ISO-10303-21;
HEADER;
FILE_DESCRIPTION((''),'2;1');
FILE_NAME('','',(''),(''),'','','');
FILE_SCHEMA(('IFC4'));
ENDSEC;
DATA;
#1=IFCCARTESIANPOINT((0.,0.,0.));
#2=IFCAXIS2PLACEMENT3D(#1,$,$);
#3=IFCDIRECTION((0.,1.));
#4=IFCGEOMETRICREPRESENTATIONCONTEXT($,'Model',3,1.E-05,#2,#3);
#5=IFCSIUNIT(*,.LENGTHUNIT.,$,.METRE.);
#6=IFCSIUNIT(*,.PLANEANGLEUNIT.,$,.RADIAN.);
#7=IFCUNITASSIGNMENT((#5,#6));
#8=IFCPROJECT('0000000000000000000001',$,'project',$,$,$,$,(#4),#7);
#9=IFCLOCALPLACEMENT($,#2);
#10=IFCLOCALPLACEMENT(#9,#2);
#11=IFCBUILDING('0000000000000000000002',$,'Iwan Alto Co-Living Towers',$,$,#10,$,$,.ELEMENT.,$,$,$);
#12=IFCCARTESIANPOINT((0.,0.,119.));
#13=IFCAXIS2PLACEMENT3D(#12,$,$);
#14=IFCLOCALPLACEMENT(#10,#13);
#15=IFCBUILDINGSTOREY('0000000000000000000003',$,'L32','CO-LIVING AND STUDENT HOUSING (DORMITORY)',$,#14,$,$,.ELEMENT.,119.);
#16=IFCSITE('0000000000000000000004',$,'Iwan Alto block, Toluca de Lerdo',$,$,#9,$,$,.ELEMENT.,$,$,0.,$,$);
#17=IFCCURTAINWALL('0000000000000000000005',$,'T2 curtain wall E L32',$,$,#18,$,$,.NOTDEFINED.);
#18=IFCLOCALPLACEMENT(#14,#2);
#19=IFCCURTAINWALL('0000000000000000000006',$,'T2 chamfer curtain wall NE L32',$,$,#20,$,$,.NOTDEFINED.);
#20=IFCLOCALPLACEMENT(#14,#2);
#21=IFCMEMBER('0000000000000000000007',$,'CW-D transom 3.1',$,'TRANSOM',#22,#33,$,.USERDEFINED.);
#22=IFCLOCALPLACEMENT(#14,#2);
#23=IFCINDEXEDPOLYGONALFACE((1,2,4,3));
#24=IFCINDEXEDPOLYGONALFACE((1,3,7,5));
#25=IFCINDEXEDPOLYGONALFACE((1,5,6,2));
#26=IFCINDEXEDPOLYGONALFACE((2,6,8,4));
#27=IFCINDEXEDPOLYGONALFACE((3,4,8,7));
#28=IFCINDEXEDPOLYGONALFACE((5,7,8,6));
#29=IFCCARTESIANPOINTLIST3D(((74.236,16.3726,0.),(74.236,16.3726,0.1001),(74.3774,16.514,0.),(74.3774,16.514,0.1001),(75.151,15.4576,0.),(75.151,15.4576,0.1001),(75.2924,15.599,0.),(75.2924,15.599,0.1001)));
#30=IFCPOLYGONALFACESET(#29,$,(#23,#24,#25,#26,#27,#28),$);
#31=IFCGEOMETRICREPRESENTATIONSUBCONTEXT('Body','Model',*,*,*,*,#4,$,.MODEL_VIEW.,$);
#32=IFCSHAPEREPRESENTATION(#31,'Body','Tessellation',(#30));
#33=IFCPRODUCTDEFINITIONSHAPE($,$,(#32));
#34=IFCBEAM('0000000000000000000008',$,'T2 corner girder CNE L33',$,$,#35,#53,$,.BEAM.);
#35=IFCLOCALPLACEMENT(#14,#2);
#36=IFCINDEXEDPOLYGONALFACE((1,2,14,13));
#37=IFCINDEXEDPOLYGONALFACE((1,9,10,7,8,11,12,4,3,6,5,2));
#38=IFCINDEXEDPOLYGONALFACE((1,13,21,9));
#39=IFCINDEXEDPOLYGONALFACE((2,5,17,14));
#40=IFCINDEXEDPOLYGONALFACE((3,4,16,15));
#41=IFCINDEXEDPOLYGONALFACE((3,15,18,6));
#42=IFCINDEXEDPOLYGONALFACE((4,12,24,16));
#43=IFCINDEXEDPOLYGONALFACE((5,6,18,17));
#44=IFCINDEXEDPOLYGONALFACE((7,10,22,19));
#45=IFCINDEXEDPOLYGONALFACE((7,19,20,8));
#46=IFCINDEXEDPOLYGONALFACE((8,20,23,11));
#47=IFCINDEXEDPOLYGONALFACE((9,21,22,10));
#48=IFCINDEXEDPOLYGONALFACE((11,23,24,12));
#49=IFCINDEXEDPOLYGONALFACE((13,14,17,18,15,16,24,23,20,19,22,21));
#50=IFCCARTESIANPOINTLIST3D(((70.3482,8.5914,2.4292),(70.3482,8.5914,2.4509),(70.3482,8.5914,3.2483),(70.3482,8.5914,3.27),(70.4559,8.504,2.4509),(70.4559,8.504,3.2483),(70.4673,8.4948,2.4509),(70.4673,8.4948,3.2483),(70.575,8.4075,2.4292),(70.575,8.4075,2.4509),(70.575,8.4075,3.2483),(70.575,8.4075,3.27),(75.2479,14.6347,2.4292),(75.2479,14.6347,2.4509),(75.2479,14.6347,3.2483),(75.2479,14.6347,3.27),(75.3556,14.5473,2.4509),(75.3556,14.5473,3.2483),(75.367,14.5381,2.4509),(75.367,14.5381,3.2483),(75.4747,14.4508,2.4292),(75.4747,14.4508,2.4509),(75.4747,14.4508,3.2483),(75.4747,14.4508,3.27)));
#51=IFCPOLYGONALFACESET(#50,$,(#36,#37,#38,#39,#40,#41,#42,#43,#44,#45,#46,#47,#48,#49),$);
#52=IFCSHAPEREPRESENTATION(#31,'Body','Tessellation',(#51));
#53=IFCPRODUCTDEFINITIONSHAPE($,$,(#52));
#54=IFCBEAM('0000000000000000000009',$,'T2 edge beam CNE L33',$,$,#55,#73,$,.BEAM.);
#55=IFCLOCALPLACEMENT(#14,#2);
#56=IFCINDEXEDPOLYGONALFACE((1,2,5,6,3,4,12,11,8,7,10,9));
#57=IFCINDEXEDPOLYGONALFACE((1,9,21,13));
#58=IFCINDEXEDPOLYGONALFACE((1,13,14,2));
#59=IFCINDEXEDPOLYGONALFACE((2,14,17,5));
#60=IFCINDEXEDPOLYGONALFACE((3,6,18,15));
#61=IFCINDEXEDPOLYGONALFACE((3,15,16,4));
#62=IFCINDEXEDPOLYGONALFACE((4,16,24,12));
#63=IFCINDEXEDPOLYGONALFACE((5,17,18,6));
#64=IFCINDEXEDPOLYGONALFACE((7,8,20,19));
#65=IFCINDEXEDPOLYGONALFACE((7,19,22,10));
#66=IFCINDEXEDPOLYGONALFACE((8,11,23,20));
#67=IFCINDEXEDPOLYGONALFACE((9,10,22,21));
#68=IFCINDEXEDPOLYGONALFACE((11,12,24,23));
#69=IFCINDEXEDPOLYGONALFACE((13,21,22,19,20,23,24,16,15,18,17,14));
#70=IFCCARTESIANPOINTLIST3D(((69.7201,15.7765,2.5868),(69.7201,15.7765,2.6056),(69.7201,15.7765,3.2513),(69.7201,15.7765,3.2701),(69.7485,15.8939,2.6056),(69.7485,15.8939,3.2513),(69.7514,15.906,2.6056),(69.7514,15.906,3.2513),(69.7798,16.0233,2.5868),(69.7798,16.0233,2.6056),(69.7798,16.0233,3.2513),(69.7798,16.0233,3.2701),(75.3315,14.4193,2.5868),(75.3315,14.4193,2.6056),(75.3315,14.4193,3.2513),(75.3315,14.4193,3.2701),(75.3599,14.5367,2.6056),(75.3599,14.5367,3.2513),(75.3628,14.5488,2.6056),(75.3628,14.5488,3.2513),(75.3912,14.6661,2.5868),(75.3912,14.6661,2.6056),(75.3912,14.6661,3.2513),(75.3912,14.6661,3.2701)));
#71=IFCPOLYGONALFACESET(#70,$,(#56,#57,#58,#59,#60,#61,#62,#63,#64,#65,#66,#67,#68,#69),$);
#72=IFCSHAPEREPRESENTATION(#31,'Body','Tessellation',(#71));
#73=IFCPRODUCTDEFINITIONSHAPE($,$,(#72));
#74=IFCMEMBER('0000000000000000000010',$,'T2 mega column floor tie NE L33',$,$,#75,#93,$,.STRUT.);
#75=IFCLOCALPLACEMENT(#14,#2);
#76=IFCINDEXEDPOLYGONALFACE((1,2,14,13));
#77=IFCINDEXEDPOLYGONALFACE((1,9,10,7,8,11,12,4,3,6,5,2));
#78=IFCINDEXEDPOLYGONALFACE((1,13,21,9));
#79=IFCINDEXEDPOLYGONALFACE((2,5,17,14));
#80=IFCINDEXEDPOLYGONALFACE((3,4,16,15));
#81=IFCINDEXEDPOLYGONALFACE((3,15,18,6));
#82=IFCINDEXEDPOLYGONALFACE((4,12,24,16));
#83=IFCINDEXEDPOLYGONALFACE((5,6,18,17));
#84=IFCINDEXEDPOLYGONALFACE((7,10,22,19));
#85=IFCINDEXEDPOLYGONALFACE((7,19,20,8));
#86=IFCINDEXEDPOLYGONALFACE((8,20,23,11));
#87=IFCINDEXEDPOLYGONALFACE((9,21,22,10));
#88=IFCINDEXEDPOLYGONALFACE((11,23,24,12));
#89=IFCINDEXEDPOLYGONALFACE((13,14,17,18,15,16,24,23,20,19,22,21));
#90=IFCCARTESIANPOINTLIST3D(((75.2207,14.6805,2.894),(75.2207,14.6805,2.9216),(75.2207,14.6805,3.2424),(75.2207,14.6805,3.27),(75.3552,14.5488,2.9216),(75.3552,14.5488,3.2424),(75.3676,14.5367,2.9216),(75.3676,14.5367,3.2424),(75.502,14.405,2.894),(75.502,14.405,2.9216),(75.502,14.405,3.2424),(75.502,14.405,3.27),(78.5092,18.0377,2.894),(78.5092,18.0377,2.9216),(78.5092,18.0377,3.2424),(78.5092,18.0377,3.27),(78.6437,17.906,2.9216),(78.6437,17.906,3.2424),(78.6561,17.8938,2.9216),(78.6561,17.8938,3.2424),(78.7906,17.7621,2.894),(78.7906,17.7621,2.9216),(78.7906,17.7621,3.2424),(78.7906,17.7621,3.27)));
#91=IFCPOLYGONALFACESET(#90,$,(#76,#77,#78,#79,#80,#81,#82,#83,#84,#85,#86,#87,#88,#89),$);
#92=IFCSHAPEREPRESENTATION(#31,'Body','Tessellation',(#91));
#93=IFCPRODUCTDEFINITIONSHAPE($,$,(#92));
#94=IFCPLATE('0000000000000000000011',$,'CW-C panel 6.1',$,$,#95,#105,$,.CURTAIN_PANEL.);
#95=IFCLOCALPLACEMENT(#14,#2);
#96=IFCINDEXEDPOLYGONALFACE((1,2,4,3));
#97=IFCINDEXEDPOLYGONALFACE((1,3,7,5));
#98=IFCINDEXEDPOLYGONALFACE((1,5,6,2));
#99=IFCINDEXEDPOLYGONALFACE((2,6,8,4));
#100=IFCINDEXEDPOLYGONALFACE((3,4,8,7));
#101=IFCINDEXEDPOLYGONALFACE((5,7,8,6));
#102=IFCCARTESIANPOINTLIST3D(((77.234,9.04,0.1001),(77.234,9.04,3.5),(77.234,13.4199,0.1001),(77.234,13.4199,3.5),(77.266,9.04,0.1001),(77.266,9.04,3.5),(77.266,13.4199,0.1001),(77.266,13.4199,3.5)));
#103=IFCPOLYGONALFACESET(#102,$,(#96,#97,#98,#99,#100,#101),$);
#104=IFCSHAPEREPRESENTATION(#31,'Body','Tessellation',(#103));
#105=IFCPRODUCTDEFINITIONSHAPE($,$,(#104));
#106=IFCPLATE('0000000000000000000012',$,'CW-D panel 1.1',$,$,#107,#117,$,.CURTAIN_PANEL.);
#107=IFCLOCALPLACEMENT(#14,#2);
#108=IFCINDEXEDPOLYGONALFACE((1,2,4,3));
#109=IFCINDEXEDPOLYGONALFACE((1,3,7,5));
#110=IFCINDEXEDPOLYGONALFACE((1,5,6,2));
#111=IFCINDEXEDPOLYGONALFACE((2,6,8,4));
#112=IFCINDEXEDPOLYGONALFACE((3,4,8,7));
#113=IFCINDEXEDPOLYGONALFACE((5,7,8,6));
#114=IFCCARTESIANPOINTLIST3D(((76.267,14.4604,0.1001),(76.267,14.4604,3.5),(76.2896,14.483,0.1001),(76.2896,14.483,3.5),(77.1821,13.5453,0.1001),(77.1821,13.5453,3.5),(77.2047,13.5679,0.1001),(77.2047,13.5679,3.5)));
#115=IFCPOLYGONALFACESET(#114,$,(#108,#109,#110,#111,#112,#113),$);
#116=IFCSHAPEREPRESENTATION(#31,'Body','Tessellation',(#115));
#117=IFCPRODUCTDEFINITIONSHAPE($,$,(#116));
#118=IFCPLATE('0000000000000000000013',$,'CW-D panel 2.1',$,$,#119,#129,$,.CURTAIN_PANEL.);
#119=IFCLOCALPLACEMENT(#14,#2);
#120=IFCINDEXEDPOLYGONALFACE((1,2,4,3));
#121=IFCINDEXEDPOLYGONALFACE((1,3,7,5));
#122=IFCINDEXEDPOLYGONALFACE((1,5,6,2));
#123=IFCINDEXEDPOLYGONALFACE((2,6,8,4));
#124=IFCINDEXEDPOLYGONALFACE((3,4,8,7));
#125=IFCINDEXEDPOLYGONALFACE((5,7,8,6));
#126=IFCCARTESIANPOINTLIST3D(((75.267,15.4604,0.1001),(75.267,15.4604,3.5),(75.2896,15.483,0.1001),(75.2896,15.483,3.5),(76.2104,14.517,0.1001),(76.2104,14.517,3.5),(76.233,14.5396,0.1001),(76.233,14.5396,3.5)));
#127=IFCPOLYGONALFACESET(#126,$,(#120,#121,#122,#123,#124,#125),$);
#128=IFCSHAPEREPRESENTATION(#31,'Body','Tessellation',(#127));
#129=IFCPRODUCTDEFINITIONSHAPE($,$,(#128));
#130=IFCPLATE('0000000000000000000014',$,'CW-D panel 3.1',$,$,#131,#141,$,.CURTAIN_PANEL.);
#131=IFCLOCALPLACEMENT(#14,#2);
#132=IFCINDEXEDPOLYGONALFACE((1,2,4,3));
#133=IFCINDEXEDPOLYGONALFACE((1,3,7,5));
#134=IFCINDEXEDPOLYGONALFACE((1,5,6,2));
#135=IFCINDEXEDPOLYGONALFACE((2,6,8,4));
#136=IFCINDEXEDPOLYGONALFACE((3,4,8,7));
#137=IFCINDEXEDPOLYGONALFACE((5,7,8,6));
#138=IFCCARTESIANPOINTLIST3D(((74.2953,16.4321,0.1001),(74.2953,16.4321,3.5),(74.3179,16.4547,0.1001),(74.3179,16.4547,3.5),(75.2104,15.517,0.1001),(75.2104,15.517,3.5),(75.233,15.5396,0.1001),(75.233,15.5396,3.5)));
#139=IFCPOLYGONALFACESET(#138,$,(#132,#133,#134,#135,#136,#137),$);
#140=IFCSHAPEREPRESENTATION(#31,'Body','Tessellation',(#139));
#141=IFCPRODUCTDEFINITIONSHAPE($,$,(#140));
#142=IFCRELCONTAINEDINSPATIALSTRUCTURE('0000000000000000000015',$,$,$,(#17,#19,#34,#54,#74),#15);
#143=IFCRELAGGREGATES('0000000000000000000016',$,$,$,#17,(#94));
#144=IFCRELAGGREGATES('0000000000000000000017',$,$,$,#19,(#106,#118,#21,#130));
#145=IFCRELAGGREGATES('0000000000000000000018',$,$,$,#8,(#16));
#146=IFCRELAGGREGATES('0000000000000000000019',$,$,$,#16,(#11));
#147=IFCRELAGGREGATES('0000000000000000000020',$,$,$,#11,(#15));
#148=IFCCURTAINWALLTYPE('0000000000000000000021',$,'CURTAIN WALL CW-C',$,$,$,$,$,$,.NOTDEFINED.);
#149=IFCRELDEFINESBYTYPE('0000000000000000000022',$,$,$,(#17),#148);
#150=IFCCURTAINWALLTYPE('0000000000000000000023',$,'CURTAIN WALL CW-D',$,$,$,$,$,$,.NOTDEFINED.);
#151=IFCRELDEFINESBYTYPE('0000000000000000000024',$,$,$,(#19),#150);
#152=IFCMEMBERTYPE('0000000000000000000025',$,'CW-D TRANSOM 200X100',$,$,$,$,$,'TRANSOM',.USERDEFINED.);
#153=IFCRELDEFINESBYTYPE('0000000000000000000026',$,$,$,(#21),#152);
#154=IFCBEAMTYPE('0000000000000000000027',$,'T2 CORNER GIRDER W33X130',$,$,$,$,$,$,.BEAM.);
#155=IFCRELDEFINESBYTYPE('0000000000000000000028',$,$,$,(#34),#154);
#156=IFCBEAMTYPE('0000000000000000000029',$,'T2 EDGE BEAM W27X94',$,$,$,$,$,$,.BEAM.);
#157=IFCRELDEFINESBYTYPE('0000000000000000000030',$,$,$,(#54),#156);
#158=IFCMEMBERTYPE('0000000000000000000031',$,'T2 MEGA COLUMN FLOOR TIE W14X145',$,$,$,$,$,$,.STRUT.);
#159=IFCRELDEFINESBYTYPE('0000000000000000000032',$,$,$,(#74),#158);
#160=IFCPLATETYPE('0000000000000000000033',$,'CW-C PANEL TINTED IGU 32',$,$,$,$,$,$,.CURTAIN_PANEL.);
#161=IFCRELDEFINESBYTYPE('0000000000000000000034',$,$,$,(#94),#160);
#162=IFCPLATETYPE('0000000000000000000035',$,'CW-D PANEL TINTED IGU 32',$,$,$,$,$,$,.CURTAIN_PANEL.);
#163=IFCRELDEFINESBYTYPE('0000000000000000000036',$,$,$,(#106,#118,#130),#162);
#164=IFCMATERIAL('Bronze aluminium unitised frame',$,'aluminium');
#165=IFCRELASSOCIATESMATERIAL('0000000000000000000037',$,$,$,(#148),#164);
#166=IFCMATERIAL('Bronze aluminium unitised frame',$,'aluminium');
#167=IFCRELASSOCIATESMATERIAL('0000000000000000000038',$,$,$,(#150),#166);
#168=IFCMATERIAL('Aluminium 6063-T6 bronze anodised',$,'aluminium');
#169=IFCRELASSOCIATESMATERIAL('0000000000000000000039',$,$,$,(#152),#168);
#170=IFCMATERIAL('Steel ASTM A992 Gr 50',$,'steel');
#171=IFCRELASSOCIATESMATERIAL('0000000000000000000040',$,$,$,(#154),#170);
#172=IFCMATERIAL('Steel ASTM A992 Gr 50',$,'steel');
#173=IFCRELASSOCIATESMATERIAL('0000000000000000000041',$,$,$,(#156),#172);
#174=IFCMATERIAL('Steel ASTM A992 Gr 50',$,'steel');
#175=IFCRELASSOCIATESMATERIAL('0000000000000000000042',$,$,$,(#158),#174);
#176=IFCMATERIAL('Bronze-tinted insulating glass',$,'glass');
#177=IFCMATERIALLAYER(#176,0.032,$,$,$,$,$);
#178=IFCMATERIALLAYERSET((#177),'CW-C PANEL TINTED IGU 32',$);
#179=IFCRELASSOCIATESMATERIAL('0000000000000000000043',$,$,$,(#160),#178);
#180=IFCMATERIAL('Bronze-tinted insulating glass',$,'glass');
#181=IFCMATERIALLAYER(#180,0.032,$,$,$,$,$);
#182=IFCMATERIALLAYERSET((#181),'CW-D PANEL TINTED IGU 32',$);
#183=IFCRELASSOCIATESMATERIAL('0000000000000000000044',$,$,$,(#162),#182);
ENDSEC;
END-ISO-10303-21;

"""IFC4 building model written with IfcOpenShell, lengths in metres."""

from ifc_helpers import new_model, si_unit, direction, frame, origin, origin_2d, place, context, subcontext, project, spatial, rectangle, i_section, extrude, material, layer, layer_set, material_profile, profile_set, type_object, element, aggregate, save


model = new_model("IFC4")

# Units and contexts
model_context = context("Model", 3, precision=1e-05, world=origin(), true_north=direction((0.0, 1.0)))
body_context = subcontext(model_context, "Body", "Model", "MODEL_VIEW")
ifc_project = project(units=[si_unit("LENGTHUNIT", "METRE"), si_unit("PLANEANGLEUNIT", "RADIAN")], contexts=[model_context])

# Site, building, storey
site_placement = place(None, origin())
site = spatial("IfcSite", under=ifc_project, at=site_placement, Name="Iwan Alto block, Toluca de Lerdo", CompositionType="ELEMENT", RefElevation=0.0)
building_placement = place(site_placement, origin())
building = spatial("IfcBuilding", under=site, at=building_placement, Name="Iwan Alto Co-Living Towers", CompositionType="ELEMENT")
storey_placement = place(building_placement, frame((0.0, 0.0, 119.0)))
storey = spatial("IfcBuildingStorey", under=building, at=storey_placement, Name="L32", Description="CO-LIVING AND STUDENT HOUSING (DORMITORY)", CompositionType="ELEMENT", Elevation=119.0)

# Curtain wall
ifc_material_1 = material(Name="Bronze aluminium unitised frame", Category="aluminium")
curtain_wall_type_1 = type_object("IfcCurtainWallType", Name="CURTAIN WALL CW-C", PredefinedType="NOTDEFINED", material=ifc_material_1)
curtain_wall_1_placement = place(storey_placement, origin())
curtain_wall_1 = element("IfcCurtainWall", 1, at=curtain_wall_1_placement, inside=storey, type_object=curtain_wall_type_1, Name="T2 curtain wall E L32", PredefinedType="NOTDEFINED")

# Curtain wall, member
ifc_material_2 = material(Name="Bronze aluminium unitised frame", Category="aluminium")
curtain_wall_type_2 = type_object("IfcCurtainWallType", Name="CURTAIN WALL CW-D", PredefinedType="NOTDEFINED", material=ifc_material_2)
curtain_wall_2_placement = place(storey_placement, origin())
curtain_wall_2 = element("IfcCurtainWall", 2, at=curtain_wall_2_placement, inside=storey, type_object=curtain_wall_type_2, Name="T2 chamfer curtain wall NE L32", PredefinedType="NOTDEFINED")
ifc_material_3 = material(Name="Aluminium 6063-T6 bronze anodised", Category="aluminium")
ifc_material_profile_1 = material_profile(ifc_material_3, rectangle(XDim=0.2, YDim=0.1001, at=origin_2d()), Name="AL 200X100")
ifc_profile_set_1 = profile_set([ifc_material_profile_1], Name="Aluminium 6063-T6 bronze anodised")
member_type_1 = type_object("IfcMemberType", Name="CW-D TRANSOM 200X100", ElementType="TRANSOM", PredefinedType="USERDEFINED", material=ifc_profile_set_1)
member_1_placement = place(storey_placement, frame((75.2217, 15.5283, 0.05), z_axis=(-0.707107, 0.707107, 0.0), x_axis=(-0.707107, -0.707107, 0.0)))
member_1 = element("IfcMember", 3, at=member_1_placement, type_object=member_type_1, Name="CW-D transom 3.1", ObjectType="TRANSOM", PredefinedType="USERDEFINED", context=body_context, shape_type="SweptSolid", body=[
    extrude(rectangle(XDim=0.2, YDim=0.1001, at=origin_2d()), origin(), (0.0, 0.0, 1.0), 1.2939),
])

# Beams
ifc_material_4 = material(Name="Steel ASTM A992 Gr 50", Category="steel")
ifc_material_profile_2 = material_profile(ifc_material_4, i_section(OverallWidth=0.292, OverallDepth=0.8408, WebThickness=0.0146, FlangeThickness=0.0217, at=origin_2d()), Name="W33X130")
ifc_profile_set_2 = profile_set([ifc_material_profile_2], Name="Steel ASTM A992 Gr 50")
beam_type_1 = type_object("IfcBeamType", Name="T2 CORNER GIRDER W33X130", PredefinedType="BEAM", material=ifc_profile_set_2)
beam_1_placement = place(storey_placement, frame((75.3613, 14.5427, 2.8496), z_axis=(-0.629783, -0.776771, 0.0), x_axis=(0.776771, -0.629783, 0.0)))
element("IfcBeam", 4, at=beam_1_placement, inside=storey, type_object=beam_type_1, Name="T2 corner girder CNE L33", PredefinedType="BEAM", context=body_context, shape_type="SweptSolid", body=[
    extrude(i_section(OverallWidth=0.292, OverallDepth=0.8408, WebThickness=0.0146, FlangeThickness=0.0217, at=origin_2d()), origin(), (0.0, 0.0, 1.0), 7.78),
])
ifc_material_5 = material(Name="Steel ASTM A992 Gr 50", Category="steel")
ifc_material_profile_3 = material_profile(ifc_material_5, i_section(OverallWidth=0.2539, OverallDepth=0.6833, WebThickness=0.0125, FlangeThickness=0.0188, at=origin_2d()), Name="W27X94")
ifc_profile_set_3 = profile_set([ifc_material_profile_3], Name="Steel ASTM A992 Gr 50")
beam_type_2 = type_object("IfcBeamType", Name="T2 EDGE BEAM W27X94", PredefinedType="BEAM", material=ifc_profile_set_3)
beam_2_placement = place(storey_placement, frame((75.3613, 14.5427, 2.9285), z_axis=(-0.971975, 0.235086, 0.0), x_axis=(-0.235086, -0.971975, 0.0)))
element("IfcBeam", 5, at=beam_2_placement, inside=storey, type_object=beam_type_2, Name="T2 edge beam CNE L33", PredefinedType="BEAM", context=body_context, shape_type="SweptSolid", body=[
    extrude(i_section(OverallWidth=0.2539, OverallDepth=0.6833, WebThickness=0.0125, FlangeThickness=0.0188, at=origin_2d()), origin(), (0.0, 0.0, 1.0), 5.7732),
])

# Member
ifc_material_6 = material(Name="Steel ASTM A992 Gr 50", Category="steel")
ifc_material_profile_4 = material_profile(ifc_material_6, i_section(OverallWidth=0.3938, OverallDepth=0.376, WebThickness=0.0173, FlangeThickness=0.0276, at=origin_2d()), Name="W14X145")
ifc_profile_set_4 = profile_set([ifc_material_profile_4], Name="Steel ASTM A992 Gr 50")
member_type_2 = type_object("IfcMemberType", Name="T2 MEGA COLUMN FLOOR TIE W14X145", PredefinedType="STRUT", material=ifc_profile_set_4)
member_2_placement = place(storey_placement, frame((78.6499, 17.8999, 3.082), z_axis=(-0.69977, -0.714368, 0.0), x_axis=(0.714368, -0.69977, 0.0)))
element("IfcMember", 6, at=member_2_placement, inside=storey, type_object=member_type_2, Name="T2 mega column floor tie NE L33", PredefinedType="STRUT", context=body_context, shape_type="SweptSolid", body=[
    extrude(i_section(OverallWidth=0.3938, OverallDepth=0.376, WebThickness=0.0173, FlangeThickness=0.0276, at=origin_2d()), origin(), (0.0, 0.0, 1.0), 4.6995),
])

# Plates
ifc_material_7 = material(Name="Bronze-tinted insulating glass", Category="glass")
ifc_layer_1 = layer(ifc_material_7, 0.032)
ifc_layer_set_1 = layer_set([ifc_layer_1], Name="CW-C PANEL TINTED IGU 32")
plate_type_1 = type_object("IfcPlateType", Name="CW-C PANEL TINTED IGU 32", PredefinedType="CURTAIN_PANEL", material=ifc_layer_set_1)
plate_1_placement = place(storey_placement, frame((77.25, 11.23, 0.1001), z_axis=(0.0, 0.0, 1.0), x_axis=(0.0, 1.0, 0.0)))
plate_1 = element("IfcPlate", 7, at=plate_1_placement, type_object=plate_type_1, Name="CW-C panel 6.1", PredefinedType="CURTAIN_PANEL", context=body_context, shape_type="SweptSolid", body=[
    extrude(rectangle(XDim=4.3799, YDim=0.032, at=origin_2d()), origin(), (0.0, 0.0, 1.0), 3.3999),
])
aggregate(curtain_wall_1, [plate_1])
ifc_material_8 = material(Name="Bronze-tinted insulating glass", Category="glass")
ifc_layer_2 = layer(ifc_material_8, 0.032)
ifc_layer_set_2 = layer_set([ifc_layer_2], Name="CW-D PANEL TINTED IGU 32")
plate_type_2 = type_object("IfcPlateType", Name="CW-D PANEL TINTED IGU 32", PredefinedType="CURTAIN_PANEL", material=ifc_layer_set_2)
plate_2_placement = place(storey_placement, frame((76.7358, 14.0142, 0.1001), z_axis=(0.0, 0.0, 1.0), x_axis=(-0.707107, 0.707107, 0.0)))
plate_2 = element("IfcPlate", 8, at=plate_2_placement, type_object=plate_type_2, Name="CW-D panel 1.1", PredefinedType="CURTAIN_PANEL", context=body_context, shape_type="SweptSolid", body=[
    extrude(rectangle(XDim=1.2942, YDim=0.032, at=origin_2d()), origin(), (0.0, 0.0, 1.0), 3.3999),
])
plate_3_placement = place(storey_placement, frame((75.75, 15.0, 0.1001), z_axis=(0.0, 0.0, 1.0), x_axis=(-0.707107, 0.707107, 0.0)))
plate_3 = element("IfcPlate", 9, at=plate_3_placement, type_object=plate_type_2, Name="CW-D panel 2.1", PredefinedType="CURTAIN_PANEL", context=body_context, shape_type="SweptSolid", body=[
    extrude(rectangle(XDim=1.3342, YDim=0.032, at=origin_2d()), origin(), (0.0, 0.0, 1.0), 3.3999),
])
plate_4_placement = place(storey_placement, frame((74.7642, 15.9858, 0.1001), z_axis=(0.0, 0.0, 1.0), x_axis=(-0.707107, 0.707107, 0.0)))
plate_4 = element("IfcPlate", 10, at=plate_4_placement, type_object=plate_type_2, Name="CW-D panel 3.1", PredefinedType="CURTAIN_PANEL", context=body_context, shape_type="SweptSolid", body=[
    extrude(rectangle(XDim=1.2942, YDim=0.032, at=origin_2d()), origin(), (0.0, 0.0, 1.0), 3.3999),
])
aggregate(curtain_wall_2, [plate_2, plate_3, member_1, plate_4])

save(model, "model.ifc")
